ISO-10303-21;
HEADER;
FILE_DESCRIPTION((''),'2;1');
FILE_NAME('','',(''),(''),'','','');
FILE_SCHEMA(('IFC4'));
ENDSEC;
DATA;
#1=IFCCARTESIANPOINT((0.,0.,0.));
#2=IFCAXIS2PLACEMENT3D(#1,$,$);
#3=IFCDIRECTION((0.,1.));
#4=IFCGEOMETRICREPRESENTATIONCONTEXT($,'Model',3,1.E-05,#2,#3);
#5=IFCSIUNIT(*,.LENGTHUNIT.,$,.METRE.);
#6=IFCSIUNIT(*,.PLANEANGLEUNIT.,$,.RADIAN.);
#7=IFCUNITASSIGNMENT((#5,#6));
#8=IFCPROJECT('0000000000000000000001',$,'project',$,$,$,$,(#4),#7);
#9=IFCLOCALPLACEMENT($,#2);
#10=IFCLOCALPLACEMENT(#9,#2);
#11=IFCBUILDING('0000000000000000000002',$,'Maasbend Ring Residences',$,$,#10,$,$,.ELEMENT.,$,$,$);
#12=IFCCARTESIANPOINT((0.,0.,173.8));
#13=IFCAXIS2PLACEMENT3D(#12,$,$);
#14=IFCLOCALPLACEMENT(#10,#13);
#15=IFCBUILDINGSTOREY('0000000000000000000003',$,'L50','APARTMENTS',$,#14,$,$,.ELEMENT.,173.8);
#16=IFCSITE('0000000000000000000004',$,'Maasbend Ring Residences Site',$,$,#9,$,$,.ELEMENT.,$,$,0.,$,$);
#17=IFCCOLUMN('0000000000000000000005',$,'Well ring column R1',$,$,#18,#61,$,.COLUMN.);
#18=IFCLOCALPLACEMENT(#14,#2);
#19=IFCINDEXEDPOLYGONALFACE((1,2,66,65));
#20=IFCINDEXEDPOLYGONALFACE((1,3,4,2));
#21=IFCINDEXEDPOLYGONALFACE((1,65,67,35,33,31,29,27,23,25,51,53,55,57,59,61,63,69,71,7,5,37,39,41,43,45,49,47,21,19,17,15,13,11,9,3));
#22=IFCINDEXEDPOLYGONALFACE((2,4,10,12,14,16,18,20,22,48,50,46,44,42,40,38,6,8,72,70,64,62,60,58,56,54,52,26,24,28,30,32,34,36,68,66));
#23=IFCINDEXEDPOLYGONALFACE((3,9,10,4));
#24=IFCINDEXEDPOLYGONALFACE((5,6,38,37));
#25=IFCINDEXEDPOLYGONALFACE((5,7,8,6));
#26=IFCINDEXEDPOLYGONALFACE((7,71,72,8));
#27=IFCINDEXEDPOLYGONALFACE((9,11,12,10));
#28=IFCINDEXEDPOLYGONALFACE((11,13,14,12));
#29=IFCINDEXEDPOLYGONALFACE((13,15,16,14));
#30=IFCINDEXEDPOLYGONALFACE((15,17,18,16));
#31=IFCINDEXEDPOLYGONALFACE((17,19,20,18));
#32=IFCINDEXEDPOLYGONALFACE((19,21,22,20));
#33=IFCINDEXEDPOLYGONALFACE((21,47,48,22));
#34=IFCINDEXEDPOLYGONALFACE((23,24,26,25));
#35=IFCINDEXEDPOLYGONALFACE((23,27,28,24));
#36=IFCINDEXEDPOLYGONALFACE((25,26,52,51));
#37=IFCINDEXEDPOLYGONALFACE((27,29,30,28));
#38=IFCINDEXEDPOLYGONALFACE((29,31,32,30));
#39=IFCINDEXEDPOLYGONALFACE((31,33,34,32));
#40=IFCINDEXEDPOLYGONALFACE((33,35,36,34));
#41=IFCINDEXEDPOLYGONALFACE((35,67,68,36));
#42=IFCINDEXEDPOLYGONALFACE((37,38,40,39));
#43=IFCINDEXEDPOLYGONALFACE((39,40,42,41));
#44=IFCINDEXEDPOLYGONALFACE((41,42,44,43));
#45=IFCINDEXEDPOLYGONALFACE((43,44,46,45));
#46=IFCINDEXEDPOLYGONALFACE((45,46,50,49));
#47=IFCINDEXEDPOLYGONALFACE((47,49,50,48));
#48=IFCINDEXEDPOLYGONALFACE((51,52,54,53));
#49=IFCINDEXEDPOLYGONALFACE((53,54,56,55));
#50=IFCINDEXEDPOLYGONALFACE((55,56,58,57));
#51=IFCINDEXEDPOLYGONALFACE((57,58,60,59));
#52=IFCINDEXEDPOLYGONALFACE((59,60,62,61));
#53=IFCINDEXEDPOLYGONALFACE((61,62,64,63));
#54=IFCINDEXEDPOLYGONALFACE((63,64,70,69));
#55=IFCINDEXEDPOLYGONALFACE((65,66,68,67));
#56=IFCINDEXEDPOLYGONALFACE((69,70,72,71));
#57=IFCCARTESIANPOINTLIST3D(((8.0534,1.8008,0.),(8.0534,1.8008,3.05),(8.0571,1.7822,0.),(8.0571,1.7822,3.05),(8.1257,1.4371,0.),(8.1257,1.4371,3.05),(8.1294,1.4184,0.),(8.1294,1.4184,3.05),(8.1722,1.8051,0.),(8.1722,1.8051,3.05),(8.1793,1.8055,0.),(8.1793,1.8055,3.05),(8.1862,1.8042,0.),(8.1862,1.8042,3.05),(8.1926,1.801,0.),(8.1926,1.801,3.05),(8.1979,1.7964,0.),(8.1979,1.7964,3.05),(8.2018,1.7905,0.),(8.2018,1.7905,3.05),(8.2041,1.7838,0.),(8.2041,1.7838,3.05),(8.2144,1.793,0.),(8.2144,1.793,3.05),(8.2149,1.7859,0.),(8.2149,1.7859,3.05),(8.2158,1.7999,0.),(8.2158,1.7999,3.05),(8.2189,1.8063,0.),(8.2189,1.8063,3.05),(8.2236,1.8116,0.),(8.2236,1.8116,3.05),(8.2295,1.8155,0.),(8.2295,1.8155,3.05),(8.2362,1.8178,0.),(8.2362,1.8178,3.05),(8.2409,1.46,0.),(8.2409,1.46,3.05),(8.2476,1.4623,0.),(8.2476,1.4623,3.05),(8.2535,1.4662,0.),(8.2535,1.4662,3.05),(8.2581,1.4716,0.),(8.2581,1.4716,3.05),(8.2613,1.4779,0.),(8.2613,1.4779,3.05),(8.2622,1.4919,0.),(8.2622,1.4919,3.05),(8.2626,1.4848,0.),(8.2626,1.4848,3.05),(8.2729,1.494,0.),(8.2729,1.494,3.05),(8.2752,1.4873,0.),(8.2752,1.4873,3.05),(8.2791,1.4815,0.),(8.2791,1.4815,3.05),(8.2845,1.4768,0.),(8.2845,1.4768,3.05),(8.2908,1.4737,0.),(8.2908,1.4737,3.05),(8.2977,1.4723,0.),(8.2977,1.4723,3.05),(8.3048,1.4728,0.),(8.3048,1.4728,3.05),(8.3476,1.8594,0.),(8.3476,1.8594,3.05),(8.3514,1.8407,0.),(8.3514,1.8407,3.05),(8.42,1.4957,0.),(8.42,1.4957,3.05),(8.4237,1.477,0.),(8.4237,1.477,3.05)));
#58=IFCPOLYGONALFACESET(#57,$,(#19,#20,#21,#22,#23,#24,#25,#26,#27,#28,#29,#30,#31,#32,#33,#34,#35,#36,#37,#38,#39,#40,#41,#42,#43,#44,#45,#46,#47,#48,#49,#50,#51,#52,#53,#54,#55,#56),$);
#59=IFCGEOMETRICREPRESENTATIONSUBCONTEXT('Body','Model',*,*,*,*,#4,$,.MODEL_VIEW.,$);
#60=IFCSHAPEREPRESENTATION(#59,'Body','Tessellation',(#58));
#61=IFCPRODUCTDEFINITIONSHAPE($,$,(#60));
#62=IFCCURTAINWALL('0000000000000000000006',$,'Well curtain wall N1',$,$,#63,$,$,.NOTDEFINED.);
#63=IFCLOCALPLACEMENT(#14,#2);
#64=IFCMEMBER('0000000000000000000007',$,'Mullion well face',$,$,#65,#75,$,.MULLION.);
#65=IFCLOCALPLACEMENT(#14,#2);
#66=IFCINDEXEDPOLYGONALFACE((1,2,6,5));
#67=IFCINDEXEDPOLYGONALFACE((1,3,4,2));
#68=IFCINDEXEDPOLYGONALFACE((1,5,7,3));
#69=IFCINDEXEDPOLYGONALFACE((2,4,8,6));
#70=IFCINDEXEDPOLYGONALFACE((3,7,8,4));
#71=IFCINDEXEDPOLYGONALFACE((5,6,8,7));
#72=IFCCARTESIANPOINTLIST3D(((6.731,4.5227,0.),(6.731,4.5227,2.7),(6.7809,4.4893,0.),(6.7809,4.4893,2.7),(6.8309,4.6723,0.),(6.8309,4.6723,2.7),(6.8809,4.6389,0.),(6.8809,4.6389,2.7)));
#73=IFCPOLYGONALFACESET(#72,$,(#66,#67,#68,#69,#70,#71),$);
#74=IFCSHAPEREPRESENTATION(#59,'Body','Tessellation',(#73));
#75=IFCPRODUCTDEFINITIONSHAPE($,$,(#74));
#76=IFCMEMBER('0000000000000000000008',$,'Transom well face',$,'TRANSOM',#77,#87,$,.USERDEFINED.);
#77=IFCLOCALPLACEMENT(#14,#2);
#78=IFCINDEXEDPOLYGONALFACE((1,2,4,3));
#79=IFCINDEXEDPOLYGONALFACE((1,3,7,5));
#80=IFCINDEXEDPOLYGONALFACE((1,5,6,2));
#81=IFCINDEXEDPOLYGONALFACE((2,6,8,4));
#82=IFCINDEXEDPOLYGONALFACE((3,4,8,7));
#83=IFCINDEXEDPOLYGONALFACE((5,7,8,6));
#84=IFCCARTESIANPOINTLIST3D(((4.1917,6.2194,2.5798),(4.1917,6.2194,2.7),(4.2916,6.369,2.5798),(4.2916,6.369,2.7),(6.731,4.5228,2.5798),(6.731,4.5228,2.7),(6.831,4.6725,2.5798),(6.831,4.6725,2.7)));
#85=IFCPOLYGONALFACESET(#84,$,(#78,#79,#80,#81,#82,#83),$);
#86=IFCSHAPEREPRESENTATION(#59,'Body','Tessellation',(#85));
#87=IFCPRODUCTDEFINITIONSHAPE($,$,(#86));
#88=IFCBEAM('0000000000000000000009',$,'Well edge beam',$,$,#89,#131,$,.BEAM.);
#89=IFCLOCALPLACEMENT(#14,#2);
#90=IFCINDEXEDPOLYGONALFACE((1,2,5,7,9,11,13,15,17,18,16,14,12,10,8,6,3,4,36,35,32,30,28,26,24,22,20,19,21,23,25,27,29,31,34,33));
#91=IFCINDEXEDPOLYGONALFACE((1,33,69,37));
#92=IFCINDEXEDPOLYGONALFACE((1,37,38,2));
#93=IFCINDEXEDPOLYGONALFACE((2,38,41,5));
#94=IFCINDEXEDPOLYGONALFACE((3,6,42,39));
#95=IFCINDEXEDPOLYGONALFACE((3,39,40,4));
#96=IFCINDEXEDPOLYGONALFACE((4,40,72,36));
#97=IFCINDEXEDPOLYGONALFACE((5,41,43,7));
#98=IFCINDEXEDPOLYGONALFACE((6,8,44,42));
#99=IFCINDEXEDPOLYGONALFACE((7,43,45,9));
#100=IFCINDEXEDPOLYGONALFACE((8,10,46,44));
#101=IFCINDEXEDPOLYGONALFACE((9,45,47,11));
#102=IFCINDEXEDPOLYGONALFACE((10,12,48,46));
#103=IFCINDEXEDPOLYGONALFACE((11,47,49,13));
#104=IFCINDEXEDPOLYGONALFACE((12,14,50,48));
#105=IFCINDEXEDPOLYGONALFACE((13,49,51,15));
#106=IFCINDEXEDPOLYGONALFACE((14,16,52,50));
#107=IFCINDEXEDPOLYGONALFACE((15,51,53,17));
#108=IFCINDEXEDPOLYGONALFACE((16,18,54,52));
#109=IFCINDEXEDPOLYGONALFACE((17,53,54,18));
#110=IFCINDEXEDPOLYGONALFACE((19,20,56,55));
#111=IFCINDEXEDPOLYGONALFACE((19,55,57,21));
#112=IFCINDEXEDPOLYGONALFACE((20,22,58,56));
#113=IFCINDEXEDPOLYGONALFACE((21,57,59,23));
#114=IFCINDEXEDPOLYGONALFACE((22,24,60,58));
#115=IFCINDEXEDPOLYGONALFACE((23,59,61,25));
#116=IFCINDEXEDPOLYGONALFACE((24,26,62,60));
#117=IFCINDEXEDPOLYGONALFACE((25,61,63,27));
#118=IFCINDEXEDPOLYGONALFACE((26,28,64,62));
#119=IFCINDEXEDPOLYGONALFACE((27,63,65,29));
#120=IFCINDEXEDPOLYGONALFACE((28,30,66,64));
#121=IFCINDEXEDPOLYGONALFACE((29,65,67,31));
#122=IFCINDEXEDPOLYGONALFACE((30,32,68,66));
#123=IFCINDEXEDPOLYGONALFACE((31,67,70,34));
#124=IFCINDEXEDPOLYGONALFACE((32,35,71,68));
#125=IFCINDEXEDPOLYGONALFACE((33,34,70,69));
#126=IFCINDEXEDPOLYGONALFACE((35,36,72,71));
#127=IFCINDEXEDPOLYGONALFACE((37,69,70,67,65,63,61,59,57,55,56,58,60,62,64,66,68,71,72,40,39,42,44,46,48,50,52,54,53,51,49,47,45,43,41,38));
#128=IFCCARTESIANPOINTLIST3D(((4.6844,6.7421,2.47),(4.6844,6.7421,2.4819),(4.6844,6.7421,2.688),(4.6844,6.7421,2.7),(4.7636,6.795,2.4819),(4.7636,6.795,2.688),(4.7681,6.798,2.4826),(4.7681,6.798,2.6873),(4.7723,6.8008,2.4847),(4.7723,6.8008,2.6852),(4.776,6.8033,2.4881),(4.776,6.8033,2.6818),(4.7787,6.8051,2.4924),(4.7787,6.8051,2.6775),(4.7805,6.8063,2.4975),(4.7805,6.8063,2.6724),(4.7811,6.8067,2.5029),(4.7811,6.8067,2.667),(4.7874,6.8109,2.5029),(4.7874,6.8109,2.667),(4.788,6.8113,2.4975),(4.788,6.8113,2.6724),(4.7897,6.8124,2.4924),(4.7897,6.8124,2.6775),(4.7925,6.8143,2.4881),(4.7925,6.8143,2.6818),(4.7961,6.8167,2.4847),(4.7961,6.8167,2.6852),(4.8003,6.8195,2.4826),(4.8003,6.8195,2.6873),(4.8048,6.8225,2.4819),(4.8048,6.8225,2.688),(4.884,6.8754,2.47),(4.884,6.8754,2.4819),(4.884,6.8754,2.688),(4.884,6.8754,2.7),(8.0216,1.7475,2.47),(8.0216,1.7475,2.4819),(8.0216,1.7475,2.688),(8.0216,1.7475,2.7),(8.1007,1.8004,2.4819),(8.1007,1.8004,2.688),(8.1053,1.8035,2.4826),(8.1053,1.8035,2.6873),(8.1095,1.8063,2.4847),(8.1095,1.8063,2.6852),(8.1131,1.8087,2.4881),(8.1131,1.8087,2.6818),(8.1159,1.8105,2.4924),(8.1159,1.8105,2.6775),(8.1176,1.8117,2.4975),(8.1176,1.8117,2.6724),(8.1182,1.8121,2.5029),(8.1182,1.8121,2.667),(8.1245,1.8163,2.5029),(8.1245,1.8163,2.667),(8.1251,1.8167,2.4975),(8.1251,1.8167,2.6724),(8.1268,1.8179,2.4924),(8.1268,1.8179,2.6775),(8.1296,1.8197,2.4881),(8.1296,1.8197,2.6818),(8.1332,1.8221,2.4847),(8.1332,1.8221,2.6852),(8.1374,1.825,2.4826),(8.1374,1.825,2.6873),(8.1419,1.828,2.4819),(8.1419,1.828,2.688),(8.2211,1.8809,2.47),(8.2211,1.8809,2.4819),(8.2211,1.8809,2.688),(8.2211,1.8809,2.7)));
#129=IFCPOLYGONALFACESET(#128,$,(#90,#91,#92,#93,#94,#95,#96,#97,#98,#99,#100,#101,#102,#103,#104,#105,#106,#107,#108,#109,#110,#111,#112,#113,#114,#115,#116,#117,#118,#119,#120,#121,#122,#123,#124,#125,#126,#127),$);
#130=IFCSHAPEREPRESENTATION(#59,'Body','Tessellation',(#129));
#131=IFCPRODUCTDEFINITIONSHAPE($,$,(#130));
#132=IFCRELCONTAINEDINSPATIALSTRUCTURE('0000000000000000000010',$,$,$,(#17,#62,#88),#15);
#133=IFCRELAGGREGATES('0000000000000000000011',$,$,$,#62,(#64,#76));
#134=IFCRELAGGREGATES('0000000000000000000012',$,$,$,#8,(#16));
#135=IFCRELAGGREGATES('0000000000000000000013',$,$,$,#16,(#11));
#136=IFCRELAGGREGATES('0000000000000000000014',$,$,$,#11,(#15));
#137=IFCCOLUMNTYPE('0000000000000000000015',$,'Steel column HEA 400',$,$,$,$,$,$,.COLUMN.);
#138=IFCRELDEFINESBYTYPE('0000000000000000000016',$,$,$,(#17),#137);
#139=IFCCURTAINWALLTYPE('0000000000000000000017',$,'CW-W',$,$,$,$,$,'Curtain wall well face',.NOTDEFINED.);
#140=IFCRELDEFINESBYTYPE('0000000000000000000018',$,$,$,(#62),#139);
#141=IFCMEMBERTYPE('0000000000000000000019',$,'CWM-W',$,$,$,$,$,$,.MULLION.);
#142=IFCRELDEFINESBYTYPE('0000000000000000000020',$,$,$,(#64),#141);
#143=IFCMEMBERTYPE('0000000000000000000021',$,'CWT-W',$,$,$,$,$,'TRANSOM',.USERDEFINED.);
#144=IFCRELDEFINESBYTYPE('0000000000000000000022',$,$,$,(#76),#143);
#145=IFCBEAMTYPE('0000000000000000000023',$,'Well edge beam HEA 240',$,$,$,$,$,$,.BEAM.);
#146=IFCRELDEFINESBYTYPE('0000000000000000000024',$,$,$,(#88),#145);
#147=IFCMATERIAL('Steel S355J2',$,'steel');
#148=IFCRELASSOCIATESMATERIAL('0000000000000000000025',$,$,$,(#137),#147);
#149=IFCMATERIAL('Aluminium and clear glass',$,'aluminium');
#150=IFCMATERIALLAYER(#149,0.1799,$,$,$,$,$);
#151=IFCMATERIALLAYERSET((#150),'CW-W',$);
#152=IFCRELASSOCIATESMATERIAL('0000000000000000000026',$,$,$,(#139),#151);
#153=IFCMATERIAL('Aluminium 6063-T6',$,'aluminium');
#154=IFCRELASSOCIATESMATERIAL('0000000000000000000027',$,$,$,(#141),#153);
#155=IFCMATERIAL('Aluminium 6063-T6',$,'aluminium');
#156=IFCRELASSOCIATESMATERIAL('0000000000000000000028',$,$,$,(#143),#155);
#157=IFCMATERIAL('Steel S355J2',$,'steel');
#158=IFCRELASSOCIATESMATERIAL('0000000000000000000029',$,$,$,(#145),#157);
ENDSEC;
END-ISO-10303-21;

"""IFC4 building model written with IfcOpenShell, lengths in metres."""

from ifc_helpers import new_model, si_unit, direction, frame, origin, origin_2d, place, context, subcontext, project, spatial, rectangle, i_section, extrude, material, layer, layer_set, material_profile, profile_set, type_object, element, aggregate, save


model = new_model("IFC4")

# Units and contexts
model_context = context("Model", 3, precision=1e-05, world=origin(), true_north=direction((0.0, 1.0)))
body_context = subcontext(model_context, "Body", "Model", "MODEL_VIEW")
ifc_project = project(units=[si_unit("LENGTHUNIT", "METRE"), si_unit("PLANEANGLEUNIT", "RADIAN")], contexts=[model_context])

# Site, building, storey
site_placement = place(None, origin())
site = spatial("IfcSite", under=ifc_project, at=site_placement, Name="Maasbend Ring Residences Site", CompositionType="ELEMENT", RefElevation=0.0)
building_placement = place(site_placement, origin())
building = spatial("IfcBuilding", under=site, at=building_placement, Name="Maasbend Ring Residences", CompositionType="ELEMENT")
storey_placement = place(building_placement, frame((0.0, 0.0, 173.8)))
storey = spatial("IfcBuildingStorey", under=building, at=storey_placement, Name="L50", Description="APARTMENTS", CompositionType="ELEMENT", Elevation=173.8)

# Column
ifc_material_1 = material(Name="Steel S355J2", Category="steel")
ifc_material_profile_1 = material_profile(ifc_material_1, i_section(OverallWidth=0.3, OverallDepth=0.3899, WebThickness=0.011, FlangeThickness=0.019, FilletRadius=0.0271, at=origin_2d()), Name="HEA 400")
ifc_profile_set_1 = profile_set([ifc_material_profile_1], Name="Steel S355J2")
column_type = type_object("IfcColumnType", Name="Steel column HEA 400", PredefinedType="COLUMN", material=ifc_profile_set_1)
column_placement = place(storey_placement, frame((8.2385, 1.6389, 0.0), z_axis=(0.0, 0.0, 1.0), x_axis=(0.980785, 0.19509, 0.0)))
element("IfcColumn", 1, at=column_placement, inside=storey, type_object=column_type, Name="Well ring column R1", PredefinedType="COLUMN", context=body_context, shape_type="SweptSolid", body=[
    extrude(i_section(OverallWidth=0.3, OverallDepth=0.3899, WebThickness=0.011, FlangeThickness=0.019, FilletRadius=0.0271, at=origin_2d()), origin(), (0.0, 0.0, 1.0), 3.05),
])

# Curtain wall, members
ifc_material_2 = material(Name="Aluminium and clear glass", Category="aluminium")
ifc_layer_1 = layer(ifc_material_2, 0.1799)
ifc_layer_set_1 = layer_set([ifc_layer_1], Name="CW-W")
curtain_wall_type = type_object("IfcCurtainWallType", Name="CW-W", ElementType="Curtain wall well face", PredefinedType="NOTDEFINED", material=ifc_layer_set_1)
curtain_wall_placement = place(storey_placement, origin())
curtain_wall = element("IfcCurtainWall", 2, at=curtain_wall_placement, inside=storey, type_object=curtain_wall_type, Name="Well curtain wall N1", PredefinedType="NOTDEFINED")
ifc_material_3 = material(Name="Aluminium 6063-T6", Category="aluminium")
ifc_material_profile_2 = material_profile(ifc_material_3, rectangle(XDim=0.1799, YDim=0.0601, at=origin_2d()), Name="AL 180x60")
ifc_profile_set_2 = profile_set([ifc_material_profile_2], Name="Aluminium 6063-T6")
member_type_1 = type_object("IfcMemberType", Name="CWM-W", PredefinedType="MULLION", material=ifc_profile_set_2)
member_1_placement = place(storey_placement, frame((6.8059, 4.5808, 0.0), z_axis=(0.0, 0.0, 1.0), x_axis=(-0.55557, -0.83147, 0.0)))
member_1 = element("IfcMember", 3, at=member_1_placement, type_object=member_type_1, Name="Mullion well face", PredefinedType="MULLION", context=body_context, shape_type="SweptSolid", body=[
    extrude(rectangle(XDim=0.1799, YDim=0.0601, at=origin_2d()), origin(), (0.0, 0.0, 1.0), 2.7),
])
ifc_material_4 = material(Name="Aluminium 6063-T6", Category="aluminium")
ifc_material_profile_3 = material_profile(ifc_material_4, rectangle(XDim=0.1799, YDim=0.1201, at=origin_2d()), Name="AL 180x120")
ifc_profile_set_3 = profile_set([ifc_material_profile_3], Name="Aluminium 6063-T6")
member_type_2 = type_object("IfcMemberType", Name="CWT-W", ElementType="TRANSOM", PredefinedType="USERDEFINED", material=ifc_profile_set_3)
member_2_placement = place(storey_placement, frame((6.781, 4.5977, 2.6399), z_axis=(-0.831496, 0.55553, 0.0), x_axis=(-0.55553, -0.831496, 0.0)))
member_2 = element("IfcMember", 4, at=member_2_placement, type_object=member_type_2, Name="Transom well face", ObjectType="TRANSOM", PredefinedType="USERDEFINED", context=body_context, shape_type="SweptSolid", body=[
    extrude(rectangle(XDim=0.1799, YDim=0.1201, at=origin_2d()), origin(), (0.0, 0.0, 1.0), 3.054),
])
aggregate(curtain_wall, [member_1, member_2])

# Beam
ifc_material_5 = material(Name="Steel S355J2", Category="steel")
ifc_material_profile_4 = material_profile(ifc_material_5, i_section(OverallWidth=0.24, OverallDepth=0.23, WebThickness=0.0076, FlangeThickness=0.012, FilletRadius=0.021, at=origin_2d()), Name="HEA 240")
ifc_profile_set_4 = profile_set([ifc_material_profile_4], Name="Steel S355J2")
beam_type = type_object("IfcBeamType", Name="Well edge beam HEA 240", PredefinedType="BEAM", material=ifc_profile_set_4)
beam_placement = place(storey_placement, frame((8.1213, 1.8142, 2.585), z_axis=(-0.555553, 0.831481, 0.0), x_axis=(-0.831481, -0.555553, 0.0)))
element("IfcBeam", 5, at=beam_placement, inside=storey, type_object=beam_type, Name="Well edge beam", PredefinedType="BEAM", context=body_context, shape_type="SweptSolid", body=[
    extrude(i_section(OverallWidth=0.24, OverallDepth=0.23, WebThickness=0.0076, FlangeThickness=0.012, FilletRadius=0.021, at=origin_2d()), origin(), (0.0, 0.0, 1.0), 6.0068),
])

save(model, "model.ifc")
